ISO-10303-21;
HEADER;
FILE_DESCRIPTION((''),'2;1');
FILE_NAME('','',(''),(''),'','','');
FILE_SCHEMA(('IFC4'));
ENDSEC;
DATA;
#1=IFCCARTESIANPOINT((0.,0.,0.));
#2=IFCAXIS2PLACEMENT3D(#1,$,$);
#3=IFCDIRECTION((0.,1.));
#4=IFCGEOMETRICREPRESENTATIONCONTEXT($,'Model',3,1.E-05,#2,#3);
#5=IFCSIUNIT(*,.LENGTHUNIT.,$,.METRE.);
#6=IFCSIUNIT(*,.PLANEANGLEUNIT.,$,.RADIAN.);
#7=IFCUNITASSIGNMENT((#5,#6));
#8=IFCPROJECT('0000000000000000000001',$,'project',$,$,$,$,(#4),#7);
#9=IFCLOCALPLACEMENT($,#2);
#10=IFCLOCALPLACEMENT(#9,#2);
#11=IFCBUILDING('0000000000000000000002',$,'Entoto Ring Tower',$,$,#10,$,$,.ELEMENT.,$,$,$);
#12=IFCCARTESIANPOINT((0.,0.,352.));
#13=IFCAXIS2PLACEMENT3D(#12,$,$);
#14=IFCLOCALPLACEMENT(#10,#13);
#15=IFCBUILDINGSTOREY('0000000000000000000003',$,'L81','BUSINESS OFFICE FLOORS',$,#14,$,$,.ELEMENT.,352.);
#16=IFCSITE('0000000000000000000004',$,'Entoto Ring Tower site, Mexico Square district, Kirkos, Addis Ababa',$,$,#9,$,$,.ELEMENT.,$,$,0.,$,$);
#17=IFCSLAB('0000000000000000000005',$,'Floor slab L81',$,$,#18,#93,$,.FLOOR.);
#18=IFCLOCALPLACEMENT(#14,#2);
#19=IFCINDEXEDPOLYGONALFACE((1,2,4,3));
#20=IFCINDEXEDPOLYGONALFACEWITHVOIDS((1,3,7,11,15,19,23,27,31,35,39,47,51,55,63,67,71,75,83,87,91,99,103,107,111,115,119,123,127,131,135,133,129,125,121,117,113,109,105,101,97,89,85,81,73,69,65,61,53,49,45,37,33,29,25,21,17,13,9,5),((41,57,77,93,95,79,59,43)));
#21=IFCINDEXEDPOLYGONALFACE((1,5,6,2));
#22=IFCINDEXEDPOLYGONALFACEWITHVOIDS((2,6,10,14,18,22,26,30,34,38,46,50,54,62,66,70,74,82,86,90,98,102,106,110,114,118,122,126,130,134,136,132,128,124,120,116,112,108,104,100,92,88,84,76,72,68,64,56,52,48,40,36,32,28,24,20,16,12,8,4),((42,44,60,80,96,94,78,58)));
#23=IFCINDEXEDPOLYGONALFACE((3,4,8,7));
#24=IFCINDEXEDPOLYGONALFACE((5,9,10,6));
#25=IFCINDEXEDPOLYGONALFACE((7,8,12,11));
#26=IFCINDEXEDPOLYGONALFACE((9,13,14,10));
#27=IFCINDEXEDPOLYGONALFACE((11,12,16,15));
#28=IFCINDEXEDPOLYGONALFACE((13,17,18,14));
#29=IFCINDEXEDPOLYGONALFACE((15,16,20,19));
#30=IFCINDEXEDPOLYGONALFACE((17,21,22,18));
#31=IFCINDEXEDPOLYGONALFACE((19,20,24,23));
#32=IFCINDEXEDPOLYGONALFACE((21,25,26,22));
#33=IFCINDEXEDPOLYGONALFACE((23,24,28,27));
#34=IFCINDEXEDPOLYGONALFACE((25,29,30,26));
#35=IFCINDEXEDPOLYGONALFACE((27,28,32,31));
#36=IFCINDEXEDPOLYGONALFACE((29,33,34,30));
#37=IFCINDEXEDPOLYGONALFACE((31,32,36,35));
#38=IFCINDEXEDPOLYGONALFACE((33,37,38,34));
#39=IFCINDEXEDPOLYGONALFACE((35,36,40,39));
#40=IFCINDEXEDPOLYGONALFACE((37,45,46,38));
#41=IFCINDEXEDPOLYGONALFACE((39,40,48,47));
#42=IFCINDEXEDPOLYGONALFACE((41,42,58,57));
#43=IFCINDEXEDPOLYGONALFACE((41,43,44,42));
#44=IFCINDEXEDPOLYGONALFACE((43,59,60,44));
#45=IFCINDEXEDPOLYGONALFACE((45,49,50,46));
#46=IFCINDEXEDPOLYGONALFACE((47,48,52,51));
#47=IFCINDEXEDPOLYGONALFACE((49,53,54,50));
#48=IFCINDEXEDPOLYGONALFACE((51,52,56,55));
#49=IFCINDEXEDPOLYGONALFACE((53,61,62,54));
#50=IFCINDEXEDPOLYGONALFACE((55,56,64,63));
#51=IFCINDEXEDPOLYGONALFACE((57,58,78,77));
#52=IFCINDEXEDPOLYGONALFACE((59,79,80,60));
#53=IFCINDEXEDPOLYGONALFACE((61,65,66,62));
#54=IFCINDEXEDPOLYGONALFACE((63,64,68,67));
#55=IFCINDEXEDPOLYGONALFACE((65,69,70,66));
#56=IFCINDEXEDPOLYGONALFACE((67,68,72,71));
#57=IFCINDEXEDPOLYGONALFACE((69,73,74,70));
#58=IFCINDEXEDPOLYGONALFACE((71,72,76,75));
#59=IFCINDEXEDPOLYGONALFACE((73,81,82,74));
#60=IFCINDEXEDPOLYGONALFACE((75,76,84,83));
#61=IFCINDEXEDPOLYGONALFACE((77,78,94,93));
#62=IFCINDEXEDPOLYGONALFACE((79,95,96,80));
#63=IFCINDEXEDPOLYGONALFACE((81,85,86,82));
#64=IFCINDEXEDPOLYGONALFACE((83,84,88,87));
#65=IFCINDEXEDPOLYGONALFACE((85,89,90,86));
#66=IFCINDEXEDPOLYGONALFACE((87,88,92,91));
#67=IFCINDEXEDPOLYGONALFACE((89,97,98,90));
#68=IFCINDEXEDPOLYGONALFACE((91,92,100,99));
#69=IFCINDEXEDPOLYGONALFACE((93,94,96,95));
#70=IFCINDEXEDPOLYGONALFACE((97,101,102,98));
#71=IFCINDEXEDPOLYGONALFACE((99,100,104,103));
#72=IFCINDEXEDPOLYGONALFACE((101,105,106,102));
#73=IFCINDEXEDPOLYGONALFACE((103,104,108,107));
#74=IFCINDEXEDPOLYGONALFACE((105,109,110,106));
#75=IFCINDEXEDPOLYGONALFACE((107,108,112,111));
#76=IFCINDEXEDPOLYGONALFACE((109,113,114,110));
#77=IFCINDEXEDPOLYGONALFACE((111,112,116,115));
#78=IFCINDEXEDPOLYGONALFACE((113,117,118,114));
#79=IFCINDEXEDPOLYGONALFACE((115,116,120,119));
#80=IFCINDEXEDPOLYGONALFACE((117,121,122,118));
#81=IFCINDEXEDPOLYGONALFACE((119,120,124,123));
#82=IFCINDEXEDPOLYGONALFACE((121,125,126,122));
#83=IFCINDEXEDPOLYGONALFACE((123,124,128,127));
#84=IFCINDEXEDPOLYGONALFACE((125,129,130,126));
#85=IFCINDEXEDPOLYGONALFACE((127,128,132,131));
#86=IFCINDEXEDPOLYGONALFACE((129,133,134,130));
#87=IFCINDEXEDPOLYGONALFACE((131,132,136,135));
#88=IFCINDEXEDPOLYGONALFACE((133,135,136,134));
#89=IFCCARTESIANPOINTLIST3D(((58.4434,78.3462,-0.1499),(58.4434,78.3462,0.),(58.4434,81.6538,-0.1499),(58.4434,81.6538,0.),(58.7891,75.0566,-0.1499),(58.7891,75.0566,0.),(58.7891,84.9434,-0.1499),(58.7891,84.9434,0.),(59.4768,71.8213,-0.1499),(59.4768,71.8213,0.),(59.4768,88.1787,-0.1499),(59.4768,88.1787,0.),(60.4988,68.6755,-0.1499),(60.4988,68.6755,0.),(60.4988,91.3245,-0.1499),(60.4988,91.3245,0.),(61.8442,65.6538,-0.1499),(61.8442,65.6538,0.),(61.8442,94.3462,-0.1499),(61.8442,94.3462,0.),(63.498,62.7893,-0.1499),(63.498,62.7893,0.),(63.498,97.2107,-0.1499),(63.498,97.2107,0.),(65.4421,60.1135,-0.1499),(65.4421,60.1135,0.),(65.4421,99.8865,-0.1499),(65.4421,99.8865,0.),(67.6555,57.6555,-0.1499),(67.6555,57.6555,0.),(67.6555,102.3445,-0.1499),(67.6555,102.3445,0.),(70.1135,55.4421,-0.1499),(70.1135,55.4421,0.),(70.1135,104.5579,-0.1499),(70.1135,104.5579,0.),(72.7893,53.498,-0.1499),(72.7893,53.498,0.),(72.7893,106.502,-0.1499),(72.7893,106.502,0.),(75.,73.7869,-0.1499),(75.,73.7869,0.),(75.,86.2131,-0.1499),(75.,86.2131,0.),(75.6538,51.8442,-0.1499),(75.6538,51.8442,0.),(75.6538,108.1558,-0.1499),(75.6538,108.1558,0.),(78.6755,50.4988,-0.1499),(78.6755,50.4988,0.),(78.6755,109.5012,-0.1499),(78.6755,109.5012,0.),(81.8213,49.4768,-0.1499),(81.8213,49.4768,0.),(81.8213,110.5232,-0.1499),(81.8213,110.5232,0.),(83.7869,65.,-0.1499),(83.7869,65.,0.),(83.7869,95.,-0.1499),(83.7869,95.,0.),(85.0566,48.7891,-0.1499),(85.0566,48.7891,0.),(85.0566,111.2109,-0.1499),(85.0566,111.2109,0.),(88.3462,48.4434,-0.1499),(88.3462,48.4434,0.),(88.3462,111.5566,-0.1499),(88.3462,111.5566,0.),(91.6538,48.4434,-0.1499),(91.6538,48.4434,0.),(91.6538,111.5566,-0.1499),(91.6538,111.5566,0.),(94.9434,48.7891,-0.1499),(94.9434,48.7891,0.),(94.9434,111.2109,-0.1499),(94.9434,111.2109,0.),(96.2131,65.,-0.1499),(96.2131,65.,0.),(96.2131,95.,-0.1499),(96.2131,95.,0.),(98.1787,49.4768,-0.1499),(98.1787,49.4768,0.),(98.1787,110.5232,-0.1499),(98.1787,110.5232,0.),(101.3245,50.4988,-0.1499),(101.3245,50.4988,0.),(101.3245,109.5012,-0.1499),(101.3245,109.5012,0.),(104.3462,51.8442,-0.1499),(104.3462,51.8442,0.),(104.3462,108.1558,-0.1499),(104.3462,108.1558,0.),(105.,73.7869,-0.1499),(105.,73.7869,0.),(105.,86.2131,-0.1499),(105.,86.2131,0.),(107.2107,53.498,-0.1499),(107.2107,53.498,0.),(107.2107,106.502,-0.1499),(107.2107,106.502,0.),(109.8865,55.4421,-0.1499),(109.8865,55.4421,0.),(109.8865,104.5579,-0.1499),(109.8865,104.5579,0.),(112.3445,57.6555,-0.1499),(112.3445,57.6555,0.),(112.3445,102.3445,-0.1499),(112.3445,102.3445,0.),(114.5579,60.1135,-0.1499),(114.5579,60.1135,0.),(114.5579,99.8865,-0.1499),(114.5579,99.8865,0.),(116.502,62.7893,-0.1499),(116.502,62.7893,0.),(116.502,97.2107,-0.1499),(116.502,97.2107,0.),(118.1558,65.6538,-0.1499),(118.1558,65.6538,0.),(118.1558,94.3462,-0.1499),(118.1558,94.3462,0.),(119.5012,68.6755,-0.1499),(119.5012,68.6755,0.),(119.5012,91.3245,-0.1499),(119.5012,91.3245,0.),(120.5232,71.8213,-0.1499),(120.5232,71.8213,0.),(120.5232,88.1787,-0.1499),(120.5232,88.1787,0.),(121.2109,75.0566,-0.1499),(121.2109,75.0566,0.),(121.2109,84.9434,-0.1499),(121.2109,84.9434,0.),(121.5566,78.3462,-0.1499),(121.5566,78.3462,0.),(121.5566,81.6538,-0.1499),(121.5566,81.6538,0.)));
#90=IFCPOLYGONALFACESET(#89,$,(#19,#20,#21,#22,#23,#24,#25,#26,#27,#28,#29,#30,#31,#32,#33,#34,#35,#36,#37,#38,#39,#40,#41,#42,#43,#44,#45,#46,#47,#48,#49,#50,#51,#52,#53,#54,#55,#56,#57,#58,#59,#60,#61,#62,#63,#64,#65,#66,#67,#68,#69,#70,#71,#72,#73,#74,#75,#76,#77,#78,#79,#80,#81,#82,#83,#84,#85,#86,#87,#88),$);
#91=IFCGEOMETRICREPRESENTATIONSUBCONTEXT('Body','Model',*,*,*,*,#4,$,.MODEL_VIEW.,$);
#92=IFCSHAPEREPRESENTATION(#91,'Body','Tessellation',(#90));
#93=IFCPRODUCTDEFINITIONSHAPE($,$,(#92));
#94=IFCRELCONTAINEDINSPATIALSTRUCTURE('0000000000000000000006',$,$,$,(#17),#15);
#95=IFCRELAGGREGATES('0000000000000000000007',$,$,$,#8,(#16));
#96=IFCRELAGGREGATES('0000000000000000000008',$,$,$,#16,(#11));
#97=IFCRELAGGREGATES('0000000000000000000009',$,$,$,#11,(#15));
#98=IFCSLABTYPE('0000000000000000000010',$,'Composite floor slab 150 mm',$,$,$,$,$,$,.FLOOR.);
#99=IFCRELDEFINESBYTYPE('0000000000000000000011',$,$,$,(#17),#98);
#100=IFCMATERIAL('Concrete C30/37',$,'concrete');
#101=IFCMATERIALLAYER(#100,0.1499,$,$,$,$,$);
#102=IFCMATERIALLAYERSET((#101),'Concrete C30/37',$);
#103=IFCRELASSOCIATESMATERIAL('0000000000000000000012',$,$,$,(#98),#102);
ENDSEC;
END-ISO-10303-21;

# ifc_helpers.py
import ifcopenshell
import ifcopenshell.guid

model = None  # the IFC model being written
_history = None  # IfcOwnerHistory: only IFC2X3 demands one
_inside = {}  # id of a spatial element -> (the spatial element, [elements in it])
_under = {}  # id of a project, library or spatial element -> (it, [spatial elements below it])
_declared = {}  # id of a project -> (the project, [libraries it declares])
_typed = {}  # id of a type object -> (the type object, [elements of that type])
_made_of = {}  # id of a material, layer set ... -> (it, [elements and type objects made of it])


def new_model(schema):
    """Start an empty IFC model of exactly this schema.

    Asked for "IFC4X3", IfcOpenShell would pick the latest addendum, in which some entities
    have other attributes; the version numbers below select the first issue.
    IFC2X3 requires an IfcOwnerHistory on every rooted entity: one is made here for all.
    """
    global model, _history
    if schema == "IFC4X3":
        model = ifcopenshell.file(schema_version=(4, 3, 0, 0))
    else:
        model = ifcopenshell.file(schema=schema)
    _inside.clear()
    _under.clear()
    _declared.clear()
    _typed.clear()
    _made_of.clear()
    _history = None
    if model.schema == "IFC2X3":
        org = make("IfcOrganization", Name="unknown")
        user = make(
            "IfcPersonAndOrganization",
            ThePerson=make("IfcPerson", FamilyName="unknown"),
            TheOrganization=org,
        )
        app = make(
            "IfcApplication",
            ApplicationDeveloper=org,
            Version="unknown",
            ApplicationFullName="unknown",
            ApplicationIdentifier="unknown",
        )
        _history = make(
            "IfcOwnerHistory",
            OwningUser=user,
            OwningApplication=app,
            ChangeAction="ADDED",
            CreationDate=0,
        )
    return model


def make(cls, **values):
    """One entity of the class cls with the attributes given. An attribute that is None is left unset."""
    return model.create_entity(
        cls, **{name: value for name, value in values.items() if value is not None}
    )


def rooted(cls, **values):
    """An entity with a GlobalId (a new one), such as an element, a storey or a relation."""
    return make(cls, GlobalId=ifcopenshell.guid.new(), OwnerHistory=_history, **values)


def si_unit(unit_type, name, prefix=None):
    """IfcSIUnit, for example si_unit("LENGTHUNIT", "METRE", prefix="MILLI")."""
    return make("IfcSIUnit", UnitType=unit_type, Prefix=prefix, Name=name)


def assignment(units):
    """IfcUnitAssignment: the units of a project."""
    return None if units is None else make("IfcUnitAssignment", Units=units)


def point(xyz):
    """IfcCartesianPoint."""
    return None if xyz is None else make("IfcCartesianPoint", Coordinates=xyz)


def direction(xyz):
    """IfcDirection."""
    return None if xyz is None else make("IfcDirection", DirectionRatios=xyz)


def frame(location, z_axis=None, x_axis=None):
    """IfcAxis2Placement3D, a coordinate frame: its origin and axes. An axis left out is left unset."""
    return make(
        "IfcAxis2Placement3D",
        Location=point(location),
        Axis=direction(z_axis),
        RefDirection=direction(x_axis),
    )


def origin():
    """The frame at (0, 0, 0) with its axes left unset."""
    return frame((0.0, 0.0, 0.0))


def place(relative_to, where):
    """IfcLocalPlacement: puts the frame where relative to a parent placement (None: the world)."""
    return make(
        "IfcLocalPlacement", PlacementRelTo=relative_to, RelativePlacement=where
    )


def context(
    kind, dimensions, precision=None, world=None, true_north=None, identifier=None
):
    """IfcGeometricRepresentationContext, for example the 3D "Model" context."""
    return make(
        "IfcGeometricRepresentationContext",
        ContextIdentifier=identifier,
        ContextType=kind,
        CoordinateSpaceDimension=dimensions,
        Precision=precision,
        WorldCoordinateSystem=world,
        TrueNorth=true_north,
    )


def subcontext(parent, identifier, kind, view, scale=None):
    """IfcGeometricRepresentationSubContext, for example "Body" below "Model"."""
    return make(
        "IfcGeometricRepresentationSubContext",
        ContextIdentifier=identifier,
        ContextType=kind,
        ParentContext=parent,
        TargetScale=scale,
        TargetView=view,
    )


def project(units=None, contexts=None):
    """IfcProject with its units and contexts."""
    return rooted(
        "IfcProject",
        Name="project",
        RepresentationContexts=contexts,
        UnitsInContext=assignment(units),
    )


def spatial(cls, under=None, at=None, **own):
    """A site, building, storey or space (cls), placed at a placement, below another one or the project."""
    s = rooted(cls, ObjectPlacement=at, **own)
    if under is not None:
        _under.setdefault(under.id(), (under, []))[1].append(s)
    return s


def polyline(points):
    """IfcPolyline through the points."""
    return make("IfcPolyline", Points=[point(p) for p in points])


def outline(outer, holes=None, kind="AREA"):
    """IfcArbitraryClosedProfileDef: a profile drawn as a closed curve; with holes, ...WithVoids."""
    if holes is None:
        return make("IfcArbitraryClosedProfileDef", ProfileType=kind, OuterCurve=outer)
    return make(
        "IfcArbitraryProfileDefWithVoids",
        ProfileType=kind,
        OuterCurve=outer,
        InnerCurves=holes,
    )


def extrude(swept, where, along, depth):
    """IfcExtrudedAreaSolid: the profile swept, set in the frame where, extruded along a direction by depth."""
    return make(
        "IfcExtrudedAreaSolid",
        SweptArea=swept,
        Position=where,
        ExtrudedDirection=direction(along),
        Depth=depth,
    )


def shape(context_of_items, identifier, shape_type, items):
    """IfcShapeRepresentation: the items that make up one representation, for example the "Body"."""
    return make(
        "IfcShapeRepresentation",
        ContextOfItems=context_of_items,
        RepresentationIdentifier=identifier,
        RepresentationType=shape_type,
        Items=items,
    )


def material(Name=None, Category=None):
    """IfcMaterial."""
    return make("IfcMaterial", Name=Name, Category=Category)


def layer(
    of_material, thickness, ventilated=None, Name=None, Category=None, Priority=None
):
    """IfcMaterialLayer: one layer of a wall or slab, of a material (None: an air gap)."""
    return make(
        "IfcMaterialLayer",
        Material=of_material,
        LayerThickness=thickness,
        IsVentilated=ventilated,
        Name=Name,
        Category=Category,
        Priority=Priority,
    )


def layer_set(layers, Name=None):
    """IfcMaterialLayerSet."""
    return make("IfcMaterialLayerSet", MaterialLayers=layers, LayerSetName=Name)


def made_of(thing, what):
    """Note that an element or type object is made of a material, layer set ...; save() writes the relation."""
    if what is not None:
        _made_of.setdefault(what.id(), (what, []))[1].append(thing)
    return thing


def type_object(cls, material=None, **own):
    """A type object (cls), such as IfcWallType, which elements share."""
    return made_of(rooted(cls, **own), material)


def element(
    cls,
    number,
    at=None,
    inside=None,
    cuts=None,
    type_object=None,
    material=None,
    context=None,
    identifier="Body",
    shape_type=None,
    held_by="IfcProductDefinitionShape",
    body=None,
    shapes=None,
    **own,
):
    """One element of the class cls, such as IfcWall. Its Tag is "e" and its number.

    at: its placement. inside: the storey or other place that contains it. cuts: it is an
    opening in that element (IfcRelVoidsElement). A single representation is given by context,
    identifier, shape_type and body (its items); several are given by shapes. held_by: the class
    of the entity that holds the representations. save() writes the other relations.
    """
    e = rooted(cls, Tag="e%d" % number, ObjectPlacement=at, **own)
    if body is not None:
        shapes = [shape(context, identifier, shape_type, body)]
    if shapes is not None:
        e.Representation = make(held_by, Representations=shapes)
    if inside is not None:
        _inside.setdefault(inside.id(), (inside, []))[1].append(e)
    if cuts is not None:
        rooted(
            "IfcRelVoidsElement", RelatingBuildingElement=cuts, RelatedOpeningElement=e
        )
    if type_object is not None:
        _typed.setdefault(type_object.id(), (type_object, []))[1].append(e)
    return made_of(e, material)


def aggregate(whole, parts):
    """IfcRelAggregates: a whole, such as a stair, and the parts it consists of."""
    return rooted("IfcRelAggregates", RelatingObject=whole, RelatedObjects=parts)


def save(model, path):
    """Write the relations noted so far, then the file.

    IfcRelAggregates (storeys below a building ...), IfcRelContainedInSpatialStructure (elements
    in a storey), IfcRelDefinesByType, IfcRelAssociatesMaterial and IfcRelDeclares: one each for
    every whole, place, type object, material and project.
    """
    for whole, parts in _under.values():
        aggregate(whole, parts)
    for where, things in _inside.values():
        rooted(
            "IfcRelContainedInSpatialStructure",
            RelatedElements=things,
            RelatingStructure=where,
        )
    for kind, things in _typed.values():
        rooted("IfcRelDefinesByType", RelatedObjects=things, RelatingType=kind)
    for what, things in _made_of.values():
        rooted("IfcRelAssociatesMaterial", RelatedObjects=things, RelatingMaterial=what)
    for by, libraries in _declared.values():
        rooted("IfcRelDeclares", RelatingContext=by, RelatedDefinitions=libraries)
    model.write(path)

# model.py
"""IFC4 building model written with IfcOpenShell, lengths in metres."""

from ifc_helpers import new_model, si_unit, direction, frame, origin, place, context, subcontext, project, spatial, polyline, outline, extrude, material, layer, layer_set, type_object, element, save


model = new_model("IFC4")

# Units and contexts
model_context = context("Model", 3, precision=1e-05, world=origin(), true_north=direction((0.0, 1.0)))
body_context = subcontext(model_context, "Body", "Model", "MODEL_VIEW")
ifc_project = project(units=[si_unit("LENGTHUNIT", "METRE"), si_unit("PLANEANGLEUNIT", "RADIAN")], contexts=[model_context])

# Site, building, storey
site_placement = place(None, origin())
building_placement = place(site_placement, origin())
storey_placement = place(building_placement, frame((0.0, 0.0, 352.0)))
site = spatial("IfcSite", under=ifc_project, at=site_placement, Name="Entoto Ring Tower site, Mexico Square district, Kirkos, Addis Ababa", CompositionType="ELEMENT", RefElevation=0.0)
building = spatial("IfcBuilding", under=site, at=building_placement, Name="Entoto Ring Tower", CompositionType="ELEMENT")
storey = spatial("IfcBuildingStorey", under=building, at=storey_placement, Name="L81", Description="BUSINESS OFFICE FLOORS", CompositionType="ELEMENT", Elevation=352.0)

# Slab
ifc_material_1 = material(Name="Concrete C30/37", Category="concrete")
ifc_layer_1 = layer(ifc_material_1, 0.1499)
ifc_layer_set_1 = layer_set([ifc_layer_1], Name="Concrete C30/37")
slab_type_1 = type_object("IfcSlabType", Name="Composite floor slab 150 mm", PredefinedType="FLOOR", material=ifc_layer_set_1)
slab_1_placement = place(storey_placement, frame((0.0, 0.0, -0.1499)))
element("IfcSlab", 1, at=slab_1_placement, inside=storey, type_object=slab_type_1, Name="Floor slab L81", PredefinedType="FLOOR", context=body_context, shape_type="SweptSolid", body=[
    extrude(outline(polyline([(121.2109, 84.9434), (120.5232, 88.1787), (119.5012, 91.3245), (118.1558, 94.3462), (116.502, 97.2107), (114.5579, 99.8865), (112.3445, 102.3445), (109.8865, 104.5579), (107.2107, 106.502), (104.3462, 108.1558), (101.3245, 109.5012), (98.1787, 110.5232), (94.9434, 111.2109), (91.6538, 111.5566), (88.3462, 111.5566), (85.0566, 111.2109), (81.8213, 110.5232), (78.6755, 109.5012), (75.6538, 108.1558), (72.7893, 106.502), (70.1135, 104.5579), (67.6555, 102.3445), (65.4421, 99.8865), (63.498, 97.2107), (61.8442, 94.3462), (60.4988, 91.3245), (59.4768, 88.1787), (58.7891, 84.9434), (58.4434, 81.6538), (58.4434, 78.3462), (58.7891, 75.0566), (59.4768, 71.8213), (60.4988, 68.6755), (61.8442, 65.6538), (63.498, 62.7893), (65.4421, 60.1135), (67.6555, 57.6555), (70.1135, 55.4421), (72.7893, 53.498), (75.6538, 51.8442), (78.6755, 50.4988), (81.8213, 49.4768), (85.0566, 48.7891), (88.3462, 48.4434), (91.6538, 48.4434), (94.9434, 48.7891), (98.1787, 49.4768), (101.3245, 50.4988), (104.3462, 51.8442), (107.2107, 53.498), (109.8865, 55.4421), (112.3445, 57.6555), (114.5579, 60.1135), (116.502, 62.7893), (118.1558, 65.6538), (119.5012, 68.6755), (120.5232, 71.8213), (121.2109, 75.0566), (121.5566, 78.3462), (121.5566, 81.6538), (121.2109, 84.9434)]), holes=[polyline([(105.0, 73.7869), (105.0, 86.2131), (96.2131, 95.0), (83.7869, 95.0), (75.0, 86.2131), (75.0, 73.7869), (83.7869, 65.0), (96.2131, 65.0), (105.0, 73.7869)])]), origin(), (0.0, 0.0, 1.0), 0.1499),
])

save(model, "model.ifc")
